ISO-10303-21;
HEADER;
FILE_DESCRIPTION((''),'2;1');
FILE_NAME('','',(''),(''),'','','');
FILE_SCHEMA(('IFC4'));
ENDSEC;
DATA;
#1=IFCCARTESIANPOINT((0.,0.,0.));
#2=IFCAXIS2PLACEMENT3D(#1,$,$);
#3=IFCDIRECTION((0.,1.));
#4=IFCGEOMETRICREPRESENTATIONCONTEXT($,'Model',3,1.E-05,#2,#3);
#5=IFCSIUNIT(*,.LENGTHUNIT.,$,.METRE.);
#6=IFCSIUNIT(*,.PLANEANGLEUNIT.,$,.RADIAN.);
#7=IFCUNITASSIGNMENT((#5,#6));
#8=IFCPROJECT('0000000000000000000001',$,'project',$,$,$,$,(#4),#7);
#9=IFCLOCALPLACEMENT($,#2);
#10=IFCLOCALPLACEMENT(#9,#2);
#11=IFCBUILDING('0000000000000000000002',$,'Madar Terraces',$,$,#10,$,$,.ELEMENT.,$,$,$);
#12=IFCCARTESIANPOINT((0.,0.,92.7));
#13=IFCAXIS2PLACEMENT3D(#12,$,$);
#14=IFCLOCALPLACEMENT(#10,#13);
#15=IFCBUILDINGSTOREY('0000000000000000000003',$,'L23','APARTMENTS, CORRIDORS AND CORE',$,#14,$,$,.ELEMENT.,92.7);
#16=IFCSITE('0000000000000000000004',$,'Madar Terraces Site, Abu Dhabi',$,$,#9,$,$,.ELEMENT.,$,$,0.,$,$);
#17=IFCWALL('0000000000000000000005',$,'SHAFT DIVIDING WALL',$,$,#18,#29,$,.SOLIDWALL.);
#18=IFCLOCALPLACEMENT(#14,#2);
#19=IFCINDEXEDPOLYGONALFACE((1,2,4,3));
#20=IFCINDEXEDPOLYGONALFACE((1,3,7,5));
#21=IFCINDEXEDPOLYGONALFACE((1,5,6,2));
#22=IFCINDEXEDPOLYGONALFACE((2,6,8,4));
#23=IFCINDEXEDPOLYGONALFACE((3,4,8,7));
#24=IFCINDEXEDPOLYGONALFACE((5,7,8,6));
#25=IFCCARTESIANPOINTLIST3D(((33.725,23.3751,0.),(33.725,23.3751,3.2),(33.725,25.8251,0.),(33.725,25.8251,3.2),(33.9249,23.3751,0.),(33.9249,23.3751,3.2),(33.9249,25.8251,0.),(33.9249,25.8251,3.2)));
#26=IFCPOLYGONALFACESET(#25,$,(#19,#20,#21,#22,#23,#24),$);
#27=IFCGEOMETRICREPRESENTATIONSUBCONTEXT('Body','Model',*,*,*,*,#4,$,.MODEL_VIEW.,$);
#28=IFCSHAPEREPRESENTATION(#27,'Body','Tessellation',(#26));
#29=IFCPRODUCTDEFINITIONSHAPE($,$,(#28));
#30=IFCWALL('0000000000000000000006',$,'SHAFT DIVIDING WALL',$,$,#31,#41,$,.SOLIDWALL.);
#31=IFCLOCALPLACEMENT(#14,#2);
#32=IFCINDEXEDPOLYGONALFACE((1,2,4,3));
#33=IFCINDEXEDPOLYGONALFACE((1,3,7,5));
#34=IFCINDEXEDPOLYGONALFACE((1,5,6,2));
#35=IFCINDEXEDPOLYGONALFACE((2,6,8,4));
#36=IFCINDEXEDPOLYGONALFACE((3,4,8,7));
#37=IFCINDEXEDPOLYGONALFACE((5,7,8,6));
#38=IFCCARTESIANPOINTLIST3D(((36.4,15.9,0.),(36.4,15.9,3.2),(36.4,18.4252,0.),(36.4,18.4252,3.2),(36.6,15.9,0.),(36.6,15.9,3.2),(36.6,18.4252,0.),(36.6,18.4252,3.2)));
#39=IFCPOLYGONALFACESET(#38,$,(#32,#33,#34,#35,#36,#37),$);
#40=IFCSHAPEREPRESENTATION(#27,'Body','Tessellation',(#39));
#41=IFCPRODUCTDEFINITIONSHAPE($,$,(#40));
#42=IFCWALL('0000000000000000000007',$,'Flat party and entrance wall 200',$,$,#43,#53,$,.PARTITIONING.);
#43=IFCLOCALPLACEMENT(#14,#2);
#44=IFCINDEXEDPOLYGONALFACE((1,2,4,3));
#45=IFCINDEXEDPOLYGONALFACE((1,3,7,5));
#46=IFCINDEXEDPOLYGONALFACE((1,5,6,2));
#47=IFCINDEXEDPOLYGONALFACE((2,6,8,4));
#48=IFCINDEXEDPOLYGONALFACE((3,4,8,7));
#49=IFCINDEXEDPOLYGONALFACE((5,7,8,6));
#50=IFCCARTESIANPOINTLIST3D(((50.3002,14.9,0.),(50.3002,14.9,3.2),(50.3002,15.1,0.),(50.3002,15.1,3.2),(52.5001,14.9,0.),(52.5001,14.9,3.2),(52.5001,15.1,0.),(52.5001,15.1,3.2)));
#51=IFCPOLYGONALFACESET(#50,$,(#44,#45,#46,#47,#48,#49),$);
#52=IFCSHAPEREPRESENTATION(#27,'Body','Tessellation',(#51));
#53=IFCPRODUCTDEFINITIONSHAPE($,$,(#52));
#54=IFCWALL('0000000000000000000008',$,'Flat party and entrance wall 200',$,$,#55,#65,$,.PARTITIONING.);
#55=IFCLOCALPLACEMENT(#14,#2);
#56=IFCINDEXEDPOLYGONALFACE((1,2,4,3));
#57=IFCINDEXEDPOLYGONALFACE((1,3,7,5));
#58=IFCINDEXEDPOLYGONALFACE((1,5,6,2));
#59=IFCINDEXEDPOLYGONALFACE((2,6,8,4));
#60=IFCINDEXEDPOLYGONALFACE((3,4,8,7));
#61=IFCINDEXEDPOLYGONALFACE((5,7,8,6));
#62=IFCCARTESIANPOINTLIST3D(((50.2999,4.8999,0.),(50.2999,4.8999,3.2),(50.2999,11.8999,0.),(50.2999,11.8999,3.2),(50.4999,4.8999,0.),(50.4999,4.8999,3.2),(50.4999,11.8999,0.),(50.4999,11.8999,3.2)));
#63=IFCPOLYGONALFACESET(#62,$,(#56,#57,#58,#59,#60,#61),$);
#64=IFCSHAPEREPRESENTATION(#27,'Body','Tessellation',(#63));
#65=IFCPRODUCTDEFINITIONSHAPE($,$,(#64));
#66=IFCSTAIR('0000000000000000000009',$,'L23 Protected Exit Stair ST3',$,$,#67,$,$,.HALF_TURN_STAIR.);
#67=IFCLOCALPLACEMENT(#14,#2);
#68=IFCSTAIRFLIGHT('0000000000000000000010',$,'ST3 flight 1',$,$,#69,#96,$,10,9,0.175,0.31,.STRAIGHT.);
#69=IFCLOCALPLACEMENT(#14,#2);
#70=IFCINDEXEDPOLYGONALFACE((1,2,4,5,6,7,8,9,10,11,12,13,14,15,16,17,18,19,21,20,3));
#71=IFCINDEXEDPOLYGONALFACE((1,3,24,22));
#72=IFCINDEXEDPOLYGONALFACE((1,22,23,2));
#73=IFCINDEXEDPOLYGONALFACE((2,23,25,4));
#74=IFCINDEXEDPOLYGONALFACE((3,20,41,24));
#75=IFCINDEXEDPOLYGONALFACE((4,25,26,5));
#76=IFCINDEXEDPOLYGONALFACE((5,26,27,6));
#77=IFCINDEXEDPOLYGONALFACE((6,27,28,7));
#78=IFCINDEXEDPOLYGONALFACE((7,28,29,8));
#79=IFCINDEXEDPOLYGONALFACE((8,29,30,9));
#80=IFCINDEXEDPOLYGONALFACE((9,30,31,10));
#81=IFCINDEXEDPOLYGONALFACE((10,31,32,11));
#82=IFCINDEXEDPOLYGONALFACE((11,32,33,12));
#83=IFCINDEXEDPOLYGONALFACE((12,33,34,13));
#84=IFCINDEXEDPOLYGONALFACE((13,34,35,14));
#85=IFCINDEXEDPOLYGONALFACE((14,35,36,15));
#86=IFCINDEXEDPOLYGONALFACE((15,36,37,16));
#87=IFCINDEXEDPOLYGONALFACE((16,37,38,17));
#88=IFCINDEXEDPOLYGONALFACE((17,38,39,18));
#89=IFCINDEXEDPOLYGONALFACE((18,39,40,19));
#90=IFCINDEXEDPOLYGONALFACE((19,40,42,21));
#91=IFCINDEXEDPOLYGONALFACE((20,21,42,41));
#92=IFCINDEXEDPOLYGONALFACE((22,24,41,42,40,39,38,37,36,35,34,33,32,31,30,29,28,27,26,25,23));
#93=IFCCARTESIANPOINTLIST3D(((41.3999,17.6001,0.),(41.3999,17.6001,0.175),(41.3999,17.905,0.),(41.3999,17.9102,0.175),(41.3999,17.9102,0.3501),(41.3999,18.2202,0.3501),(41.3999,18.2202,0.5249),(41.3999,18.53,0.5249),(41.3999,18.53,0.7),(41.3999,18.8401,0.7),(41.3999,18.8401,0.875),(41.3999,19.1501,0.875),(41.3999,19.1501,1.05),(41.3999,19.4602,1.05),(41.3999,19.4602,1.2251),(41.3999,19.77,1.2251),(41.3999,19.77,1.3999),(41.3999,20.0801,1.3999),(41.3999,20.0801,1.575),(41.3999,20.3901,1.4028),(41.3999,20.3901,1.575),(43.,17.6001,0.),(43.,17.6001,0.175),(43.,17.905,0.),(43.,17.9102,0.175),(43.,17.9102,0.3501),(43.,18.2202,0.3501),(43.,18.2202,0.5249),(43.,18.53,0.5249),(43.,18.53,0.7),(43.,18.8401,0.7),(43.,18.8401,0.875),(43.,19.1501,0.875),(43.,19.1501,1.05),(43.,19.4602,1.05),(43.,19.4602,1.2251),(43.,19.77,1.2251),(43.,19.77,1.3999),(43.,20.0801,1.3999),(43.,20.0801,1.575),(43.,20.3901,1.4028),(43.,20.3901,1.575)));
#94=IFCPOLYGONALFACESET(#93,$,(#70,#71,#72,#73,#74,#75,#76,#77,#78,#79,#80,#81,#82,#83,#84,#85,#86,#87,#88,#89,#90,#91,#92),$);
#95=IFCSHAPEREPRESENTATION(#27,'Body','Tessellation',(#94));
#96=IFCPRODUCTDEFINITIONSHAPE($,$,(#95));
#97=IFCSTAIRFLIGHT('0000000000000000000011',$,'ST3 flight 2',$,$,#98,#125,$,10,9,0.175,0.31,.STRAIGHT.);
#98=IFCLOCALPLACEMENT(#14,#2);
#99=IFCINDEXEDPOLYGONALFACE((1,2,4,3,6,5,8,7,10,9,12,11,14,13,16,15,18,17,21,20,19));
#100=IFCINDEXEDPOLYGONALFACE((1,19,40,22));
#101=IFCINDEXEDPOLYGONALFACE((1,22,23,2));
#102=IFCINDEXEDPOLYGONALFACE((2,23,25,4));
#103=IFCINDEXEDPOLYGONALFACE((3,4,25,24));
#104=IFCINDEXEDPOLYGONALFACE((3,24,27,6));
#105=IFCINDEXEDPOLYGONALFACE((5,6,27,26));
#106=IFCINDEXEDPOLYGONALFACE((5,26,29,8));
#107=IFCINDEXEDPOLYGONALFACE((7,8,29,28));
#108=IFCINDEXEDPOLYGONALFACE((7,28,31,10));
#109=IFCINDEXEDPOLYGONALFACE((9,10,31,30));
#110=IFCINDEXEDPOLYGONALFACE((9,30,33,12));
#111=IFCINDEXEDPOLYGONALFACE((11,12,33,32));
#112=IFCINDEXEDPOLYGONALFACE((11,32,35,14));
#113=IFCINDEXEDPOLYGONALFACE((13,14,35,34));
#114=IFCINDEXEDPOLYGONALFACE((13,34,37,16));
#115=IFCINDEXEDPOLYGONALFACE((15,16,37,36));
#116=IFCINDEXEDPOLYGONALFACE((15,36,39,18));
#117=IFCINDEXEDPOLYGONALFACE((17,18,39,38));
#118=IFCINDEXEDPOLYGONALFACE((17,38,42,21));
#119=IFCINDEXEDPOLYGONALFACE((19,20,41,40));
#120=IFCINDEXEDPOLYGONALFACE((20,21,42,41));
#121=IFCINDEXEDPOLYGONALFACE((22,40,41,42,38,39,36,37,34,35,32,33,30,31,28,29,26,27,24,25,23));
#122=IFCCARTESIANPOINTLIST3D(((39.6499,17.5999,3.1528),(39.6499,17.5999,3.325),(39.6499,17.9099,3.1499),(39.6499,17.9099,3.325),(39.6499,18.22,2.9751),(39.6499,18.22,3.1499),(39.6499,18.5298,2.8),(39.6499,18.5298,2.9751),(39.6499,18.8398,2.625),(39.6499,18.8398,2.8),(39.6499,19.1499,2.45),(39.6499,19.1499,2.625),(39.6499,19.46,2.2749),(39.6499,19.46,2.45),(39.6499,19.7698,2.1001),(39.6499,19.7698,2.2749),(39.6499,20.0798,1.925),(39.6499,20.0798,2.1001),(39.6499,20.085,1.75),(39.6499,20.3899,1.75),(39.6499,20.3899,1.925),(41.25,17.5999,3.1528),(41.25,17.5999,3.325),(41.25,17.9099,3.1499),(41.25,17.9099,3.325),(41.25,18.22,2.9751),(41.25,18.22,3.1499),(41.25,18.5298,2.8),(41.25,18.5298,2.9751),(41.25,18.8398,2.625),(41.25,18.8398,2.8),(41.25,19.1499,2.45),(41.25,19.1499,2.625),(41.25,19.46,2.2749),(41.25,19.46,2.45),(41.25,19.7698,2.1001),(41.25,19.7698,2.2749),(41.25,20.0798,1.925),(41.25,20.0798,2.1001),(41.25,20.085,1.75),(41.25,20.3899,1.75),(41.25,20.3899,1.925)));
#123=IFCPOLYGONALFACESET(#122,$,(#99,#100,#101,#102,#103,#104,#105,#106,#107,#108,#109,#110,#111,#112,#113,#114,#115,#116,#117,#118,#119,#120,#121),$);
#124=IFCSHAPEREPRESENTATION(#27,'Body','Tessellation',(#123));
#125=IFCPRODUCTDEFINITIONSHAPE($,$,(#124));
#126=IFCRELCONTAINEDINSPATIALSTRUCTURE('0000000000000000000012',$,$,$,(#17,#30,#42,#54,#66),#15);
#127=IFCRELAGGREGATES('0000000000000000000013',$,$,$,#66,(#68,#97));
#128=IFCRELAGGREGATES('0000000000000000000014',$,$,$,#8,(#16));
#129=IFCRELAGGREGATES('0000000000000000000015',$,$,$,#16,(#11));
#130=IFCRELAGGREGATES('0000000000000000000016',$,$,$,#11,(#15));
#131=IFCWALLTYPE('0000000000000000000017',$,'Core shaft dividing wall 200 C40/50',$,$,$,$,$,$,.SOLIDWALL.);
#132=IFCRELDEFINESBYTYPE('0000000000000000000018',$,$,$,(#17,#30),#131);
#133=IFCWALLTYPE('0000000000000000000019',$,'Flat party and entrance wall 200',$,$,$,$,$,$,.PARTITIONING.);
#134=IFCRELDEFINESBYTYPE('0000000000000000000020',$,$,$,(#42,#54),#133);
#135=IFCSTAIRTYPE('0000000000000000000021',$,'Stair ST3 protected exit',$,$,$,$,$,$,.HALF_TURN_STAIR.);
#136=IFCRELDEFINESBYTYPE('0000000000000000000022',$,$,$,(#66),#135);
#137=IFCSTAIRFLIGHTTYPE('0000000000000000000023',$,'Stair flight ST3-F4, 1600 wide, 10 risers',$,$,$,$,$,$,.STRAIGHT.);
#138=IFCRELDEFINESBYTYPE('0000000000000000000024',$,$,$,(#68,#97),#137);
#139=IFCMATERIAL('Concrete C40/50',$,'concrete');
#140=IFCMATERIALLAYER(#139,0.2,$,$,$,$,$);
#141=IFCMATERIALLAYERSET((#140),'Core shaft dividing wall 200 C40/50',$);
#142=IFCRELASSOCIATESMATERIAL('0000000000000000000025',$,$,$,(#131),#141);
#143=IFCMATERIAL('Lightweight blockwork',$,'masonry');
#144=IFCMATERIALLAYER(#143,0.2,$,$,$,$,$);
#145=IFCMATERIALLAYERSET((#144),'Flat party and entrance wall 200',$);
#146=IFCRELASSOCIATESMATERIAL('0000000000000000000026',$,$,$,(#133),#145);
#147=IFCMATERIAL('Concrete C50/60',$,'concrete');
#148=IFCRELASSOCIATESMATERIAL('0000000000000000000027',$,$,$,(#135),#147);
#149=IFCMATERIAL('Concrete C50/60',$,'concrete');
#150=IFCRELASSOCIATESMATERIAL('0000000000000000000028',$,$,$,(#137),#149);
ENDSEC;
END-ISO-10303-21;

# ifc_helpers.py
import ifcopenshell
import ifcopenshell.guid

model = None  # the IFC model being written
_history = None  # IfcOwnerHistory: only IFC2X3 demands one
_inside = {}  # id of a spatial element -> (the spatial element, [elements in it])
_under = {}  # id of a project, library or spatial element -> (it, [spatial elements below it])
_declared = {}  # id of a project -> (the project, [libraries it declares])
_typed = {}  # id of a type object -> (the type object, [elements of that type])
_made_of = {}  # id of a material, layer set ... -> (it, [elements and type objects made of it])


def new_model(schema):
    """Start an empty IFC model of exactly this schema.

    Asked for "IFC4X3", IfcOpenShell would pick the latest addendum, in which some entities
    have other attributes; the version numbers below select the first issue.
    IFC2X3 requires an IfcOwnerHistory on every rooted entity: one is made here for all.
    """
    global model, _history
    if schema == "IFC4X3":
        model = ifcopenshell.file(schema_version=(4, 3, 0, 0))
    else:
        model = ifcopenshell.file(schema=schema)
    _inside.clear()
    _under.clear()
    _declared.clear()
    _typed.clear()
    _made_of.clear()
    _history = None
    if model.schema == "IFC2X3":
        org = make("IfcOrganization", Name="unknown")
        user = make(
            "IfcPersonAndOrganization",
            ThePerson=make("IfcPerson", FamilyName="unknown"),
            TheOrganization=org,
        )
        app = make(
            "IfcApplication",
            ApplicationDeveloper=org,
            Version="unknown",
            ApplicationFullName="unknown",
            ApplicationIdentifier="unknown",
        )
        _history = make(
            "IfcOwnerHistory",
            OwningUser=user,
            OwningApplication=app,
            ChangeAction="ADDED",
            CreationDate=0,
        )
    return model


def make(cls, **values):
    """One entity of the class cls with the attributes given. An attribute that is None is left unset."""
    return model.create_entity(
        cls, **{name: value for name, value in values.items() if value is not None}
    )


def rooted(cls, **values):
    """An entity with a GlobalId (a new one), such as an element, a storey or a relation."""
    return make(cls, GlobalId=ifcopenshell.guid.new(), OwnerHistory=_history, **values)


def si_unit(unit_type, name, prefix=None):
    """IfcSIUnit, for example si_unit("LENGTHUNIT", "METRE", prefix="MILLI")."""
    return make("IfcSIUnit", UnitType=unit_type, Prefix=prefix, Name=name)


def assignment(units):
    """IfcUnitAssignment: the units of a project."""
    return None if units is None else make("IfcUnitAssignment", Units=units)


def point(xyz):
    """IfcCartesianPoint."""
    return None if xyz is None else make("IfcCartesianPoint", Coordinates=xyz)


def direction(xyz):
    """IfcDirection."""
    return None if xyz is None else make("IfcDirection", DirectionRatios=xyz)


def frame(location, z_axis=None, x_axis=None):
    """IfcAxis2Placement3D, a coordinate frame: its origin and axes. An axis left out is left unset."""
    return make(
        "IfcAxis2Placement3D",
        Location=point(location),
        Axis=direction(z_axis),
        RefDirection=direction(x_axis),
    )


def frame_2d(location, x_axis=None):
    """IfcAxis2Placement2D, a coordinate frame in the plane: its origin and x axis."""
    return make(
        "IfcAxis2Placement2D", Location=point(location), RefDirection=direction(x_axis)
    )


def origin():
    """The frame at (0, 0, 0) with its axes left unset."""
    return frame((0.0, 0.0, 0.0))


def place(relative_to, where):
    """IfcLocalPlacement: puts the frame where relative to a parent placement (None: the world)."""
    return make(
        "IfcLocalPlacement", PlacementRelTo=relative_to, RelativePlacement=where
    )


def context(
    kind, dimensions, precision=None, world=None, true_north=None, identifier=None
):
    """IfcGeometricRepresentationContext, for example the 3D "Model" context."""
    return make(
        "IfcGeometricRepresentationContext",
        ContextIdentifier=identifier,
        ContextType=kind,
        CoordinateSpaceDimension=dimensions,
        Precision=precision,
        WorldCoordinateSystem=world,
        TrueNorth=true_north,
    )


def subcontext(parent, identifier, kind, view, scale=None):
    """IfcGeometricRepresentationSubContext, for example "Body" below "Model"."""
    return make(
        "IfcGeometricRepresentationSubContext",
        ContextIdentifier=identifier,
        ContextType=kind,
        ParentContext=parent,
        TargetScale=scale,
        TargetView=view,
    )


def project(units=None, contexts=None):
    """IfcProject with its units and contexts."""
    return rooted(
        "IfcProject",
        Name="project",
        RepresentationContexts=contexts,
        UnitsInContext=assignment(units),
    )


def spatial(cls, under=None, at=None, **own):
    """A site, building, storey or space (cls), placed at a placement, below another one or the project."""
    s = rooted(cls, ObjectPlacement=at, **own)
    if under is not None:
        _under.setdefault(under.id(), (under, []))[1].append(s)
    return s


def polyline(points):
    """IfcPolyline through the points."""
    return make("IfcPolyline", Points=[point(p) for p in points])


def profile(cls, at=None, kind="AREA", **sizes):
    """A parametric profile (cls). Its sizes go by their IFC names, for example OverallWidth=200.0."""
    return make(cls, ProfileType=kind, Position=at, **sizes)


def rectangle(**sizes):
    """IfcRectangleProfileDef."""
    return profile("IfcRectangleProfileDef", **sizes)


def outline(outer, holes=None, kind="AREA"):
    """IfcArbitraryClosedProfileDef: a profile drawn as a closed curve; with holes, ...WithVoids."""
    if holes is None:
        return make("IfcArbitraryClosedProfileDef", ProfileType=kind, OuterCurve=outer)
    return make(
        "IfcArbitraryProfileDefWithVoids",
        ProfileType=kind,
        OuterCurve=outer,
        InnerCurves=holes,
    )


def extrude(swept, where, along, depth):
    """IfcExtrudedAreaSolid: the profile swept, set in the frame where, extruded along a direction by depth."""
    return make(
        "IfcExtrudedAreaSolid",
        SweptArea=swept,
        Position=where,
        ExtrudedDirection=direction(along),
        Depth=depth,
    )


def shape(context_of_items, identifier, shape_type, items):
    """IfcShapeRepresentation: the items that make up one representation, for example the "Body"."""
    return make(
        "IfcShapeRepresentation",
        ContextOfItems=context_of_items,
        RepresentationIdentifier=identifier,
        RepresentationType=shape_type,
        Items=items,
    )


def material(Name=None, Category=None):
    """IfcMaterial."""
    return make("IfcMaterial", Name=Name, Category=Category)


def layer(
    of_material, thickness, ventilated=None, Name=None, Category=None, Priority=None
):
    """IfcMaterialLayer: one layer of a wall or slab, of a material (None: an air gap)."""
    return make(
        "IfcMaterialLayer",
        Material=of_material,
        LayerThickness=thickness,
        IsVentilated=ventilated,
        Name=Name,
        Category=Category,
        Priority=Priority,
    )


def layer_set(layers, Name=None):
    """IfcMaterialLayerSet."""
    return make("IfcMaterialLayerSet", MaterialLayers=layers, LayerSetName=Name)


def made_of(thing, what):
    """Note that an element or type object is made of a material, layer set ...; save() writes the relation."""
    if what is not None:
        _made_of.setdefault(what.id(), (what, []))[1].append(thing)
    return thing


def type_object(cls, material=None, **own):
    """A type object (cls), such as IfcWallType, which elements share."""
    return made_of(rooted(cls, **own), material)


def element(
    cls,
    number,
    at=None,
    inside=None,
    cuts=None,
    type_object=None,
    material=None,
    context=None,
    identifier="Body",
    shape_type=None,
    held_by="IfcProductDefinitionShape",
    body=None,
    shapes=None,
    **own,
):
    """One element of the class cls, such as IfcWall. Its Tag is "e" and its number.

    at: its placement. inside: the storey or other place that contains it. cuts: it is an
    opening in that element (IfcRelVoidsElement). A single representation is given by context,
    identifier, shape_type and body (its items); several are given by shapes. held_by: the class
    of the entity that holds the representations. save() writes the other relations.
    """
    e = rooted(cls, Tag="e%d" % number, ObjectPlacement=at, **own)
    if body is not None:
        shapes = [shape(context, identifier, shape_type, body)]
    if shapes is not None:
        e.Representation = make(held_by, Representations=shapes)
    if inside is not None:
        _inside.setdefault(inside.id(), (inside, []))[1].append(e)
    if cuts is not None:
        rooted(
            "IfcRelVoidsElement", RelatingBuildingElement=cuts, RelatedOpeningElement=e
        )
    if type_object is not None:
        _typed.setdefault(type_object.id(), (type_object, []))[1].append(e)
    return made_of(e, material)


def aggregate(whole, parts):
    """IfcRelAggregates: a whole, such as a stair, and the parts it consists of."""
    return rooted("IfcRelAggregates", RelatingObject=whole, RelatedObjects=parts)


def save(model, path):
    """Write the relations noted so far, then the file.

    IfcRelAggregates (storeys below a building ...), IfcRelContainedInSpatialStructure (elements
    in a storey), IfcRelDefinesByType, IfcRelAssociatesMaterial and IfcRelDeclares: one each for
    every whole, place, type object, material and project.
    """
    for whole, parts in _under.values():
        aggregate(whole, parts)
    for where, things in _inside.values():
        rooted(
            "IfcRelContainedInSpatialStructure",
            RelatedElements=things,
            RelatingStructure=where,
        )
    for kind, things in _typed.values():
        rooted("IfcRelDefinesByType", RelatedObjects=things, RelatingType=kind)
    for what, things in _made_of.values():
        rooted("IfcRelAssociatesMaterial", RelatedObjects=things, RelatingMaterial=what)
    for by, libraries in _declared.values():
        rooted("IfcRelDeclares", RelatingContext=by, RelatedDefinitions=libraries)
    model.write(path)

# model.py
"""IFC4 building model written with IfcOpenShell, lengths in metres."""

from ifc_helpers import new_model, si_unit, direction, frame, frame_2d, origin, place, context, subcontext, project, spatial, polyline, rectangle, outline, extrude, material, layer, layer_set, type_object, element, aggregate, save


model = new_model("IFC4")

# Units and contexts
model_context = context("Model", 3, precision=1e-05, world=origin(), true_north=direction((0.0, 1.0)))
body_context = subcontext(model_context, "Body", "Model", "MODEL_VIEW")
ifc_project = project(units=[si_unit("LENGTHUNIT", "METRE"), si_unit("PLANEANGLEUNIT", "RADIAN")], contexts=[model_context])

# Site, building, storey
site_placement = place(None, origin())
site = spatial("IfcSite", under=ifc_project, at=site_placement, Name="Madar Terraces Site, Abu Dhabi", CompositionType="ELEMENT", RefElevation=0.0)
building_placement = place(site_placement, origin())
building = spatial("IfcBuilding", under=site, at=building_placement, Name="Madar Terraces", CompositionType="ELEMENT")
storey_placement = place(building_placement, frame((0.0, 0.0, 92.7)))
storey = spatial("IfcBuildingStorey", under=building, at=storey_placement, Name="L23", Description="APARTMENTS, CORRIDORS AND CORE", CompositionType="ELEMENT", Elevation=92.7)

# Walls
ifc_material_1 = material(Name="Concrete C40/50", Category="concrete")
ifc_layer_1 = layer(ifc_material_1, 0.2)
ifc_layer_set_1 = layer_set([ifc_layer_1], Name="Core shaft dividing wall 200 C40/50")
wall_type_1 = type_object("IfcWallType", Name="Core shaft dividing wall 200 C40/50", PredefinedType="SOLIDWALL", material=ifc_layer_set_1)
wall_1_placement = place(storey_placement, frame((33.825, 23.375, 0.0), z_axis=(0.0, 0.0, 1.0), x_axis=(0.0, 1.0, 0.0)))
element("IfcWall", 1, at=wall_1_placement, inside=storey, type_object=wall_type_1, Name="SHAFT DIVIDING WALL", PredefinedType="SOLIDWALL", context=body_context, shape_type="SweptSolid", body=[
    extrude(rectangle(XDim=2.45, YDim=0.2, at=frame_2d((1.2251, 0.0))), origin(), (0.0, 0.0, 1.0), 3.2),
])
wall_2_placement = place(storey_placement, frame((36.5, 15.8999, 0.0), z_axis=(0.0, 0.0, 1.0), x_axis=(0.0, 1.0, 0.0)))
element("IfcWall", 2, at=wall_2_placement, inside=storey, type_object=wall_type_1, Name="SHAFT DIVIDING WALL", PredefinedType="SOLIDWALL", context=body_context, shape_type="SweptSolid", body=[
    extrude(rectangle(XDim=2.5251, YDim=0.2, at=frame_2d((1.2627, 0.0))), origin(), (0.0, 0.0, 1.0), 3.2),
])
ifc_material_2 = material(Name="Lightweight blockwork", Category="masonry")
ifc_layer_2 = layer(ifc_material_2, 0.2)
ifc_layer_set_2 = layer_set([ifc_layer_2], Name="Flat party and entrance wall 200")
wall_type_2 = type_object("IfcWallType", Name="Flat party and entrance wall 200", PredefinedType="PARTITIONING", material=ifc_layer_set_2)
wall_3_placement = place(storey_placement, frame((50.3, 15.0, 0.0), z_axis=(0.0, 0.0, 1.0), x_axis=(1.0, 0.0, 0.0)))
element("IfcWall", 3, at=wall_3_placement, inside=storey, type_object=wall_type_2, Name="Flat party and entrance wall 200", PredefinedType="PARTITIONING", context=body_context, shape_type="SweptSolid", body=[
    extrude(rectangle(XDim=2.2, YDim=0.2, at=frame_2d((1.1001, 0.0))), origin(), (0.0, 0.0, 1.0), 3.2),
])
wall_4_placement = place(storey_placement, frame((50.3999, 11.8999, 0.0), z_axis=(0.0, 0.0, 1.0), x_axis=(0.0, -1.0, 0.0)))
element("IfcWall", 4, at=wall_4_placement, inside=storey, type_object=wall_type_2, Name="Flat party and entrance wall 200", PredefinedType="PARTITIONING", context=body_context, shape_type="SweptSolid", body=[
    extrude(rectangle(XDim=7.0, YDim=0.2, at=frame_2d((3.5, 0.0))), origin(), (0.0, 0.0, 1.0), 3.2),
])

# Stair, stair flights
ifc_material_3 = material(Name="Concrete C50/60", Category="concrete")
stair_type = type_object("IfcStairType", Name="Stair ST3 protected exit", PredefinedType="HALF_TURN_STAIR", material=ifc_material_3)
stair_placement = place(storey_placement, origin())
stair = element("IfcStair", 5, at=stair_placement, inside=storey, type_object=stair_type, Name="L23 Protected Exit Stair ST3", PredefinedType="HALF_TURN_STAIR")
ifc_material_4 = material(Name="Concrete C50/60", Category="concrete")
stair_flight_type = type_object("IfcStairFlightType", Name="Stair flight ST3-F4, 1600 wide, 10 risers", PredefinedType="STRAIGHT", material=ifc_material_4)
stair_flight_1_placement = place(storey_placement, frame((42.2, 17.6001, 0.0), z_axis=(0.0, 0.0, 1.0), x_axis=(0.0, 1.0, 0.0)))
stair_flight_1 = element("IfcStairFlight", 6, at=stair_flight_1_placement, type_object=stair_flight_type, Name="ST3 flight 1", NumberOfRisers=10, NumberOfTreads=9, PredefinedType="STRAIGHT", RiserHeight=0.175, TreadLength=0.31, context=body_context, shape_type="SweptSolid", body=[
    extrude(outline(polyline([(0.0, 0.0), (0.0, 0.175), (0.3101, 0.175), (0.3101, 0.3501), (0.6201, 0.3501), (0.6201, 0.5249), (0.9299, 0.5249), (0.9299, 0.7), (1.24, 0.7), (1.24, 0.875), (1.55, 0.875), (1.55, 1.05), (1.8601, 1.05), (1.8601, 1.2251), (2.1699, 1.2251), (2.1699, 1.3999), (2.48, 1.3999), (2.48, 1.575), (2.79, 1.575), (2.79, 1.75), (2.79, 1.4028), (0.3049, 0.0), (0.0, 0.0)])), frame((0.0, 0.8, 0.0), z_axis=(0.0, -1.0, 0.0), x_axis=(1.0, 0.0, 0.0)), (0.0, 0.0, 1.0), 1.6001),
])
stair_flight_2_placement = place(storey_placement, frame((40.45, 20.3899, 1.75), z_axis=(0.0, 0.0, 1.0), x_axis=(0.0, -1.0, 0.0)))
stair_flight_2 = element("IfcStairFlight", 7, at=stair_flight_2_placement, type_object=stair_flight_type, Name="ST3 flight 2", NumberOfRisers=10, NumberOfTreads=9, PredefinedType="STRAIGHT", RiserHeight=0.175, TreadLength=0.31, context=body_context, shape_type="SweptSolid", body=[
    extrude(outline(polyline([(0.0, 0.0), (0.0, 0.175), (0.3101, 0.175), (0.3101, 0.3501), (0.6201, 0.3501), (0.6201, 0.5249), (0.9299, 0.5249), (0.9299, 0.7), (1.24, 0.7), (1.24, 0.875), (1.55, 0.875), (1.55, 1.05), (1.8601, 1.05), (1.8601, 1.2251), (2.1699, 1.2251), (2.1699, 1.3999), (2.48, 1.3999), (2.48, 1.575), (2.79, 1.575), (2.79, 1.75), (2.79, 1.4028), (0.3049, 0.0), (0.0, 0.0)])), frame((0.0, 0.8, 0.0), z_axis=(0.0, -1.0, 0.0), x_axis=(1.0, 0.0, 0.0)), (0.0, 0.0, 1.0), 1.6001),
])
aggregate(stair, [stair_flight_1, stair_flight_2])

save(model, "model.ifc")
